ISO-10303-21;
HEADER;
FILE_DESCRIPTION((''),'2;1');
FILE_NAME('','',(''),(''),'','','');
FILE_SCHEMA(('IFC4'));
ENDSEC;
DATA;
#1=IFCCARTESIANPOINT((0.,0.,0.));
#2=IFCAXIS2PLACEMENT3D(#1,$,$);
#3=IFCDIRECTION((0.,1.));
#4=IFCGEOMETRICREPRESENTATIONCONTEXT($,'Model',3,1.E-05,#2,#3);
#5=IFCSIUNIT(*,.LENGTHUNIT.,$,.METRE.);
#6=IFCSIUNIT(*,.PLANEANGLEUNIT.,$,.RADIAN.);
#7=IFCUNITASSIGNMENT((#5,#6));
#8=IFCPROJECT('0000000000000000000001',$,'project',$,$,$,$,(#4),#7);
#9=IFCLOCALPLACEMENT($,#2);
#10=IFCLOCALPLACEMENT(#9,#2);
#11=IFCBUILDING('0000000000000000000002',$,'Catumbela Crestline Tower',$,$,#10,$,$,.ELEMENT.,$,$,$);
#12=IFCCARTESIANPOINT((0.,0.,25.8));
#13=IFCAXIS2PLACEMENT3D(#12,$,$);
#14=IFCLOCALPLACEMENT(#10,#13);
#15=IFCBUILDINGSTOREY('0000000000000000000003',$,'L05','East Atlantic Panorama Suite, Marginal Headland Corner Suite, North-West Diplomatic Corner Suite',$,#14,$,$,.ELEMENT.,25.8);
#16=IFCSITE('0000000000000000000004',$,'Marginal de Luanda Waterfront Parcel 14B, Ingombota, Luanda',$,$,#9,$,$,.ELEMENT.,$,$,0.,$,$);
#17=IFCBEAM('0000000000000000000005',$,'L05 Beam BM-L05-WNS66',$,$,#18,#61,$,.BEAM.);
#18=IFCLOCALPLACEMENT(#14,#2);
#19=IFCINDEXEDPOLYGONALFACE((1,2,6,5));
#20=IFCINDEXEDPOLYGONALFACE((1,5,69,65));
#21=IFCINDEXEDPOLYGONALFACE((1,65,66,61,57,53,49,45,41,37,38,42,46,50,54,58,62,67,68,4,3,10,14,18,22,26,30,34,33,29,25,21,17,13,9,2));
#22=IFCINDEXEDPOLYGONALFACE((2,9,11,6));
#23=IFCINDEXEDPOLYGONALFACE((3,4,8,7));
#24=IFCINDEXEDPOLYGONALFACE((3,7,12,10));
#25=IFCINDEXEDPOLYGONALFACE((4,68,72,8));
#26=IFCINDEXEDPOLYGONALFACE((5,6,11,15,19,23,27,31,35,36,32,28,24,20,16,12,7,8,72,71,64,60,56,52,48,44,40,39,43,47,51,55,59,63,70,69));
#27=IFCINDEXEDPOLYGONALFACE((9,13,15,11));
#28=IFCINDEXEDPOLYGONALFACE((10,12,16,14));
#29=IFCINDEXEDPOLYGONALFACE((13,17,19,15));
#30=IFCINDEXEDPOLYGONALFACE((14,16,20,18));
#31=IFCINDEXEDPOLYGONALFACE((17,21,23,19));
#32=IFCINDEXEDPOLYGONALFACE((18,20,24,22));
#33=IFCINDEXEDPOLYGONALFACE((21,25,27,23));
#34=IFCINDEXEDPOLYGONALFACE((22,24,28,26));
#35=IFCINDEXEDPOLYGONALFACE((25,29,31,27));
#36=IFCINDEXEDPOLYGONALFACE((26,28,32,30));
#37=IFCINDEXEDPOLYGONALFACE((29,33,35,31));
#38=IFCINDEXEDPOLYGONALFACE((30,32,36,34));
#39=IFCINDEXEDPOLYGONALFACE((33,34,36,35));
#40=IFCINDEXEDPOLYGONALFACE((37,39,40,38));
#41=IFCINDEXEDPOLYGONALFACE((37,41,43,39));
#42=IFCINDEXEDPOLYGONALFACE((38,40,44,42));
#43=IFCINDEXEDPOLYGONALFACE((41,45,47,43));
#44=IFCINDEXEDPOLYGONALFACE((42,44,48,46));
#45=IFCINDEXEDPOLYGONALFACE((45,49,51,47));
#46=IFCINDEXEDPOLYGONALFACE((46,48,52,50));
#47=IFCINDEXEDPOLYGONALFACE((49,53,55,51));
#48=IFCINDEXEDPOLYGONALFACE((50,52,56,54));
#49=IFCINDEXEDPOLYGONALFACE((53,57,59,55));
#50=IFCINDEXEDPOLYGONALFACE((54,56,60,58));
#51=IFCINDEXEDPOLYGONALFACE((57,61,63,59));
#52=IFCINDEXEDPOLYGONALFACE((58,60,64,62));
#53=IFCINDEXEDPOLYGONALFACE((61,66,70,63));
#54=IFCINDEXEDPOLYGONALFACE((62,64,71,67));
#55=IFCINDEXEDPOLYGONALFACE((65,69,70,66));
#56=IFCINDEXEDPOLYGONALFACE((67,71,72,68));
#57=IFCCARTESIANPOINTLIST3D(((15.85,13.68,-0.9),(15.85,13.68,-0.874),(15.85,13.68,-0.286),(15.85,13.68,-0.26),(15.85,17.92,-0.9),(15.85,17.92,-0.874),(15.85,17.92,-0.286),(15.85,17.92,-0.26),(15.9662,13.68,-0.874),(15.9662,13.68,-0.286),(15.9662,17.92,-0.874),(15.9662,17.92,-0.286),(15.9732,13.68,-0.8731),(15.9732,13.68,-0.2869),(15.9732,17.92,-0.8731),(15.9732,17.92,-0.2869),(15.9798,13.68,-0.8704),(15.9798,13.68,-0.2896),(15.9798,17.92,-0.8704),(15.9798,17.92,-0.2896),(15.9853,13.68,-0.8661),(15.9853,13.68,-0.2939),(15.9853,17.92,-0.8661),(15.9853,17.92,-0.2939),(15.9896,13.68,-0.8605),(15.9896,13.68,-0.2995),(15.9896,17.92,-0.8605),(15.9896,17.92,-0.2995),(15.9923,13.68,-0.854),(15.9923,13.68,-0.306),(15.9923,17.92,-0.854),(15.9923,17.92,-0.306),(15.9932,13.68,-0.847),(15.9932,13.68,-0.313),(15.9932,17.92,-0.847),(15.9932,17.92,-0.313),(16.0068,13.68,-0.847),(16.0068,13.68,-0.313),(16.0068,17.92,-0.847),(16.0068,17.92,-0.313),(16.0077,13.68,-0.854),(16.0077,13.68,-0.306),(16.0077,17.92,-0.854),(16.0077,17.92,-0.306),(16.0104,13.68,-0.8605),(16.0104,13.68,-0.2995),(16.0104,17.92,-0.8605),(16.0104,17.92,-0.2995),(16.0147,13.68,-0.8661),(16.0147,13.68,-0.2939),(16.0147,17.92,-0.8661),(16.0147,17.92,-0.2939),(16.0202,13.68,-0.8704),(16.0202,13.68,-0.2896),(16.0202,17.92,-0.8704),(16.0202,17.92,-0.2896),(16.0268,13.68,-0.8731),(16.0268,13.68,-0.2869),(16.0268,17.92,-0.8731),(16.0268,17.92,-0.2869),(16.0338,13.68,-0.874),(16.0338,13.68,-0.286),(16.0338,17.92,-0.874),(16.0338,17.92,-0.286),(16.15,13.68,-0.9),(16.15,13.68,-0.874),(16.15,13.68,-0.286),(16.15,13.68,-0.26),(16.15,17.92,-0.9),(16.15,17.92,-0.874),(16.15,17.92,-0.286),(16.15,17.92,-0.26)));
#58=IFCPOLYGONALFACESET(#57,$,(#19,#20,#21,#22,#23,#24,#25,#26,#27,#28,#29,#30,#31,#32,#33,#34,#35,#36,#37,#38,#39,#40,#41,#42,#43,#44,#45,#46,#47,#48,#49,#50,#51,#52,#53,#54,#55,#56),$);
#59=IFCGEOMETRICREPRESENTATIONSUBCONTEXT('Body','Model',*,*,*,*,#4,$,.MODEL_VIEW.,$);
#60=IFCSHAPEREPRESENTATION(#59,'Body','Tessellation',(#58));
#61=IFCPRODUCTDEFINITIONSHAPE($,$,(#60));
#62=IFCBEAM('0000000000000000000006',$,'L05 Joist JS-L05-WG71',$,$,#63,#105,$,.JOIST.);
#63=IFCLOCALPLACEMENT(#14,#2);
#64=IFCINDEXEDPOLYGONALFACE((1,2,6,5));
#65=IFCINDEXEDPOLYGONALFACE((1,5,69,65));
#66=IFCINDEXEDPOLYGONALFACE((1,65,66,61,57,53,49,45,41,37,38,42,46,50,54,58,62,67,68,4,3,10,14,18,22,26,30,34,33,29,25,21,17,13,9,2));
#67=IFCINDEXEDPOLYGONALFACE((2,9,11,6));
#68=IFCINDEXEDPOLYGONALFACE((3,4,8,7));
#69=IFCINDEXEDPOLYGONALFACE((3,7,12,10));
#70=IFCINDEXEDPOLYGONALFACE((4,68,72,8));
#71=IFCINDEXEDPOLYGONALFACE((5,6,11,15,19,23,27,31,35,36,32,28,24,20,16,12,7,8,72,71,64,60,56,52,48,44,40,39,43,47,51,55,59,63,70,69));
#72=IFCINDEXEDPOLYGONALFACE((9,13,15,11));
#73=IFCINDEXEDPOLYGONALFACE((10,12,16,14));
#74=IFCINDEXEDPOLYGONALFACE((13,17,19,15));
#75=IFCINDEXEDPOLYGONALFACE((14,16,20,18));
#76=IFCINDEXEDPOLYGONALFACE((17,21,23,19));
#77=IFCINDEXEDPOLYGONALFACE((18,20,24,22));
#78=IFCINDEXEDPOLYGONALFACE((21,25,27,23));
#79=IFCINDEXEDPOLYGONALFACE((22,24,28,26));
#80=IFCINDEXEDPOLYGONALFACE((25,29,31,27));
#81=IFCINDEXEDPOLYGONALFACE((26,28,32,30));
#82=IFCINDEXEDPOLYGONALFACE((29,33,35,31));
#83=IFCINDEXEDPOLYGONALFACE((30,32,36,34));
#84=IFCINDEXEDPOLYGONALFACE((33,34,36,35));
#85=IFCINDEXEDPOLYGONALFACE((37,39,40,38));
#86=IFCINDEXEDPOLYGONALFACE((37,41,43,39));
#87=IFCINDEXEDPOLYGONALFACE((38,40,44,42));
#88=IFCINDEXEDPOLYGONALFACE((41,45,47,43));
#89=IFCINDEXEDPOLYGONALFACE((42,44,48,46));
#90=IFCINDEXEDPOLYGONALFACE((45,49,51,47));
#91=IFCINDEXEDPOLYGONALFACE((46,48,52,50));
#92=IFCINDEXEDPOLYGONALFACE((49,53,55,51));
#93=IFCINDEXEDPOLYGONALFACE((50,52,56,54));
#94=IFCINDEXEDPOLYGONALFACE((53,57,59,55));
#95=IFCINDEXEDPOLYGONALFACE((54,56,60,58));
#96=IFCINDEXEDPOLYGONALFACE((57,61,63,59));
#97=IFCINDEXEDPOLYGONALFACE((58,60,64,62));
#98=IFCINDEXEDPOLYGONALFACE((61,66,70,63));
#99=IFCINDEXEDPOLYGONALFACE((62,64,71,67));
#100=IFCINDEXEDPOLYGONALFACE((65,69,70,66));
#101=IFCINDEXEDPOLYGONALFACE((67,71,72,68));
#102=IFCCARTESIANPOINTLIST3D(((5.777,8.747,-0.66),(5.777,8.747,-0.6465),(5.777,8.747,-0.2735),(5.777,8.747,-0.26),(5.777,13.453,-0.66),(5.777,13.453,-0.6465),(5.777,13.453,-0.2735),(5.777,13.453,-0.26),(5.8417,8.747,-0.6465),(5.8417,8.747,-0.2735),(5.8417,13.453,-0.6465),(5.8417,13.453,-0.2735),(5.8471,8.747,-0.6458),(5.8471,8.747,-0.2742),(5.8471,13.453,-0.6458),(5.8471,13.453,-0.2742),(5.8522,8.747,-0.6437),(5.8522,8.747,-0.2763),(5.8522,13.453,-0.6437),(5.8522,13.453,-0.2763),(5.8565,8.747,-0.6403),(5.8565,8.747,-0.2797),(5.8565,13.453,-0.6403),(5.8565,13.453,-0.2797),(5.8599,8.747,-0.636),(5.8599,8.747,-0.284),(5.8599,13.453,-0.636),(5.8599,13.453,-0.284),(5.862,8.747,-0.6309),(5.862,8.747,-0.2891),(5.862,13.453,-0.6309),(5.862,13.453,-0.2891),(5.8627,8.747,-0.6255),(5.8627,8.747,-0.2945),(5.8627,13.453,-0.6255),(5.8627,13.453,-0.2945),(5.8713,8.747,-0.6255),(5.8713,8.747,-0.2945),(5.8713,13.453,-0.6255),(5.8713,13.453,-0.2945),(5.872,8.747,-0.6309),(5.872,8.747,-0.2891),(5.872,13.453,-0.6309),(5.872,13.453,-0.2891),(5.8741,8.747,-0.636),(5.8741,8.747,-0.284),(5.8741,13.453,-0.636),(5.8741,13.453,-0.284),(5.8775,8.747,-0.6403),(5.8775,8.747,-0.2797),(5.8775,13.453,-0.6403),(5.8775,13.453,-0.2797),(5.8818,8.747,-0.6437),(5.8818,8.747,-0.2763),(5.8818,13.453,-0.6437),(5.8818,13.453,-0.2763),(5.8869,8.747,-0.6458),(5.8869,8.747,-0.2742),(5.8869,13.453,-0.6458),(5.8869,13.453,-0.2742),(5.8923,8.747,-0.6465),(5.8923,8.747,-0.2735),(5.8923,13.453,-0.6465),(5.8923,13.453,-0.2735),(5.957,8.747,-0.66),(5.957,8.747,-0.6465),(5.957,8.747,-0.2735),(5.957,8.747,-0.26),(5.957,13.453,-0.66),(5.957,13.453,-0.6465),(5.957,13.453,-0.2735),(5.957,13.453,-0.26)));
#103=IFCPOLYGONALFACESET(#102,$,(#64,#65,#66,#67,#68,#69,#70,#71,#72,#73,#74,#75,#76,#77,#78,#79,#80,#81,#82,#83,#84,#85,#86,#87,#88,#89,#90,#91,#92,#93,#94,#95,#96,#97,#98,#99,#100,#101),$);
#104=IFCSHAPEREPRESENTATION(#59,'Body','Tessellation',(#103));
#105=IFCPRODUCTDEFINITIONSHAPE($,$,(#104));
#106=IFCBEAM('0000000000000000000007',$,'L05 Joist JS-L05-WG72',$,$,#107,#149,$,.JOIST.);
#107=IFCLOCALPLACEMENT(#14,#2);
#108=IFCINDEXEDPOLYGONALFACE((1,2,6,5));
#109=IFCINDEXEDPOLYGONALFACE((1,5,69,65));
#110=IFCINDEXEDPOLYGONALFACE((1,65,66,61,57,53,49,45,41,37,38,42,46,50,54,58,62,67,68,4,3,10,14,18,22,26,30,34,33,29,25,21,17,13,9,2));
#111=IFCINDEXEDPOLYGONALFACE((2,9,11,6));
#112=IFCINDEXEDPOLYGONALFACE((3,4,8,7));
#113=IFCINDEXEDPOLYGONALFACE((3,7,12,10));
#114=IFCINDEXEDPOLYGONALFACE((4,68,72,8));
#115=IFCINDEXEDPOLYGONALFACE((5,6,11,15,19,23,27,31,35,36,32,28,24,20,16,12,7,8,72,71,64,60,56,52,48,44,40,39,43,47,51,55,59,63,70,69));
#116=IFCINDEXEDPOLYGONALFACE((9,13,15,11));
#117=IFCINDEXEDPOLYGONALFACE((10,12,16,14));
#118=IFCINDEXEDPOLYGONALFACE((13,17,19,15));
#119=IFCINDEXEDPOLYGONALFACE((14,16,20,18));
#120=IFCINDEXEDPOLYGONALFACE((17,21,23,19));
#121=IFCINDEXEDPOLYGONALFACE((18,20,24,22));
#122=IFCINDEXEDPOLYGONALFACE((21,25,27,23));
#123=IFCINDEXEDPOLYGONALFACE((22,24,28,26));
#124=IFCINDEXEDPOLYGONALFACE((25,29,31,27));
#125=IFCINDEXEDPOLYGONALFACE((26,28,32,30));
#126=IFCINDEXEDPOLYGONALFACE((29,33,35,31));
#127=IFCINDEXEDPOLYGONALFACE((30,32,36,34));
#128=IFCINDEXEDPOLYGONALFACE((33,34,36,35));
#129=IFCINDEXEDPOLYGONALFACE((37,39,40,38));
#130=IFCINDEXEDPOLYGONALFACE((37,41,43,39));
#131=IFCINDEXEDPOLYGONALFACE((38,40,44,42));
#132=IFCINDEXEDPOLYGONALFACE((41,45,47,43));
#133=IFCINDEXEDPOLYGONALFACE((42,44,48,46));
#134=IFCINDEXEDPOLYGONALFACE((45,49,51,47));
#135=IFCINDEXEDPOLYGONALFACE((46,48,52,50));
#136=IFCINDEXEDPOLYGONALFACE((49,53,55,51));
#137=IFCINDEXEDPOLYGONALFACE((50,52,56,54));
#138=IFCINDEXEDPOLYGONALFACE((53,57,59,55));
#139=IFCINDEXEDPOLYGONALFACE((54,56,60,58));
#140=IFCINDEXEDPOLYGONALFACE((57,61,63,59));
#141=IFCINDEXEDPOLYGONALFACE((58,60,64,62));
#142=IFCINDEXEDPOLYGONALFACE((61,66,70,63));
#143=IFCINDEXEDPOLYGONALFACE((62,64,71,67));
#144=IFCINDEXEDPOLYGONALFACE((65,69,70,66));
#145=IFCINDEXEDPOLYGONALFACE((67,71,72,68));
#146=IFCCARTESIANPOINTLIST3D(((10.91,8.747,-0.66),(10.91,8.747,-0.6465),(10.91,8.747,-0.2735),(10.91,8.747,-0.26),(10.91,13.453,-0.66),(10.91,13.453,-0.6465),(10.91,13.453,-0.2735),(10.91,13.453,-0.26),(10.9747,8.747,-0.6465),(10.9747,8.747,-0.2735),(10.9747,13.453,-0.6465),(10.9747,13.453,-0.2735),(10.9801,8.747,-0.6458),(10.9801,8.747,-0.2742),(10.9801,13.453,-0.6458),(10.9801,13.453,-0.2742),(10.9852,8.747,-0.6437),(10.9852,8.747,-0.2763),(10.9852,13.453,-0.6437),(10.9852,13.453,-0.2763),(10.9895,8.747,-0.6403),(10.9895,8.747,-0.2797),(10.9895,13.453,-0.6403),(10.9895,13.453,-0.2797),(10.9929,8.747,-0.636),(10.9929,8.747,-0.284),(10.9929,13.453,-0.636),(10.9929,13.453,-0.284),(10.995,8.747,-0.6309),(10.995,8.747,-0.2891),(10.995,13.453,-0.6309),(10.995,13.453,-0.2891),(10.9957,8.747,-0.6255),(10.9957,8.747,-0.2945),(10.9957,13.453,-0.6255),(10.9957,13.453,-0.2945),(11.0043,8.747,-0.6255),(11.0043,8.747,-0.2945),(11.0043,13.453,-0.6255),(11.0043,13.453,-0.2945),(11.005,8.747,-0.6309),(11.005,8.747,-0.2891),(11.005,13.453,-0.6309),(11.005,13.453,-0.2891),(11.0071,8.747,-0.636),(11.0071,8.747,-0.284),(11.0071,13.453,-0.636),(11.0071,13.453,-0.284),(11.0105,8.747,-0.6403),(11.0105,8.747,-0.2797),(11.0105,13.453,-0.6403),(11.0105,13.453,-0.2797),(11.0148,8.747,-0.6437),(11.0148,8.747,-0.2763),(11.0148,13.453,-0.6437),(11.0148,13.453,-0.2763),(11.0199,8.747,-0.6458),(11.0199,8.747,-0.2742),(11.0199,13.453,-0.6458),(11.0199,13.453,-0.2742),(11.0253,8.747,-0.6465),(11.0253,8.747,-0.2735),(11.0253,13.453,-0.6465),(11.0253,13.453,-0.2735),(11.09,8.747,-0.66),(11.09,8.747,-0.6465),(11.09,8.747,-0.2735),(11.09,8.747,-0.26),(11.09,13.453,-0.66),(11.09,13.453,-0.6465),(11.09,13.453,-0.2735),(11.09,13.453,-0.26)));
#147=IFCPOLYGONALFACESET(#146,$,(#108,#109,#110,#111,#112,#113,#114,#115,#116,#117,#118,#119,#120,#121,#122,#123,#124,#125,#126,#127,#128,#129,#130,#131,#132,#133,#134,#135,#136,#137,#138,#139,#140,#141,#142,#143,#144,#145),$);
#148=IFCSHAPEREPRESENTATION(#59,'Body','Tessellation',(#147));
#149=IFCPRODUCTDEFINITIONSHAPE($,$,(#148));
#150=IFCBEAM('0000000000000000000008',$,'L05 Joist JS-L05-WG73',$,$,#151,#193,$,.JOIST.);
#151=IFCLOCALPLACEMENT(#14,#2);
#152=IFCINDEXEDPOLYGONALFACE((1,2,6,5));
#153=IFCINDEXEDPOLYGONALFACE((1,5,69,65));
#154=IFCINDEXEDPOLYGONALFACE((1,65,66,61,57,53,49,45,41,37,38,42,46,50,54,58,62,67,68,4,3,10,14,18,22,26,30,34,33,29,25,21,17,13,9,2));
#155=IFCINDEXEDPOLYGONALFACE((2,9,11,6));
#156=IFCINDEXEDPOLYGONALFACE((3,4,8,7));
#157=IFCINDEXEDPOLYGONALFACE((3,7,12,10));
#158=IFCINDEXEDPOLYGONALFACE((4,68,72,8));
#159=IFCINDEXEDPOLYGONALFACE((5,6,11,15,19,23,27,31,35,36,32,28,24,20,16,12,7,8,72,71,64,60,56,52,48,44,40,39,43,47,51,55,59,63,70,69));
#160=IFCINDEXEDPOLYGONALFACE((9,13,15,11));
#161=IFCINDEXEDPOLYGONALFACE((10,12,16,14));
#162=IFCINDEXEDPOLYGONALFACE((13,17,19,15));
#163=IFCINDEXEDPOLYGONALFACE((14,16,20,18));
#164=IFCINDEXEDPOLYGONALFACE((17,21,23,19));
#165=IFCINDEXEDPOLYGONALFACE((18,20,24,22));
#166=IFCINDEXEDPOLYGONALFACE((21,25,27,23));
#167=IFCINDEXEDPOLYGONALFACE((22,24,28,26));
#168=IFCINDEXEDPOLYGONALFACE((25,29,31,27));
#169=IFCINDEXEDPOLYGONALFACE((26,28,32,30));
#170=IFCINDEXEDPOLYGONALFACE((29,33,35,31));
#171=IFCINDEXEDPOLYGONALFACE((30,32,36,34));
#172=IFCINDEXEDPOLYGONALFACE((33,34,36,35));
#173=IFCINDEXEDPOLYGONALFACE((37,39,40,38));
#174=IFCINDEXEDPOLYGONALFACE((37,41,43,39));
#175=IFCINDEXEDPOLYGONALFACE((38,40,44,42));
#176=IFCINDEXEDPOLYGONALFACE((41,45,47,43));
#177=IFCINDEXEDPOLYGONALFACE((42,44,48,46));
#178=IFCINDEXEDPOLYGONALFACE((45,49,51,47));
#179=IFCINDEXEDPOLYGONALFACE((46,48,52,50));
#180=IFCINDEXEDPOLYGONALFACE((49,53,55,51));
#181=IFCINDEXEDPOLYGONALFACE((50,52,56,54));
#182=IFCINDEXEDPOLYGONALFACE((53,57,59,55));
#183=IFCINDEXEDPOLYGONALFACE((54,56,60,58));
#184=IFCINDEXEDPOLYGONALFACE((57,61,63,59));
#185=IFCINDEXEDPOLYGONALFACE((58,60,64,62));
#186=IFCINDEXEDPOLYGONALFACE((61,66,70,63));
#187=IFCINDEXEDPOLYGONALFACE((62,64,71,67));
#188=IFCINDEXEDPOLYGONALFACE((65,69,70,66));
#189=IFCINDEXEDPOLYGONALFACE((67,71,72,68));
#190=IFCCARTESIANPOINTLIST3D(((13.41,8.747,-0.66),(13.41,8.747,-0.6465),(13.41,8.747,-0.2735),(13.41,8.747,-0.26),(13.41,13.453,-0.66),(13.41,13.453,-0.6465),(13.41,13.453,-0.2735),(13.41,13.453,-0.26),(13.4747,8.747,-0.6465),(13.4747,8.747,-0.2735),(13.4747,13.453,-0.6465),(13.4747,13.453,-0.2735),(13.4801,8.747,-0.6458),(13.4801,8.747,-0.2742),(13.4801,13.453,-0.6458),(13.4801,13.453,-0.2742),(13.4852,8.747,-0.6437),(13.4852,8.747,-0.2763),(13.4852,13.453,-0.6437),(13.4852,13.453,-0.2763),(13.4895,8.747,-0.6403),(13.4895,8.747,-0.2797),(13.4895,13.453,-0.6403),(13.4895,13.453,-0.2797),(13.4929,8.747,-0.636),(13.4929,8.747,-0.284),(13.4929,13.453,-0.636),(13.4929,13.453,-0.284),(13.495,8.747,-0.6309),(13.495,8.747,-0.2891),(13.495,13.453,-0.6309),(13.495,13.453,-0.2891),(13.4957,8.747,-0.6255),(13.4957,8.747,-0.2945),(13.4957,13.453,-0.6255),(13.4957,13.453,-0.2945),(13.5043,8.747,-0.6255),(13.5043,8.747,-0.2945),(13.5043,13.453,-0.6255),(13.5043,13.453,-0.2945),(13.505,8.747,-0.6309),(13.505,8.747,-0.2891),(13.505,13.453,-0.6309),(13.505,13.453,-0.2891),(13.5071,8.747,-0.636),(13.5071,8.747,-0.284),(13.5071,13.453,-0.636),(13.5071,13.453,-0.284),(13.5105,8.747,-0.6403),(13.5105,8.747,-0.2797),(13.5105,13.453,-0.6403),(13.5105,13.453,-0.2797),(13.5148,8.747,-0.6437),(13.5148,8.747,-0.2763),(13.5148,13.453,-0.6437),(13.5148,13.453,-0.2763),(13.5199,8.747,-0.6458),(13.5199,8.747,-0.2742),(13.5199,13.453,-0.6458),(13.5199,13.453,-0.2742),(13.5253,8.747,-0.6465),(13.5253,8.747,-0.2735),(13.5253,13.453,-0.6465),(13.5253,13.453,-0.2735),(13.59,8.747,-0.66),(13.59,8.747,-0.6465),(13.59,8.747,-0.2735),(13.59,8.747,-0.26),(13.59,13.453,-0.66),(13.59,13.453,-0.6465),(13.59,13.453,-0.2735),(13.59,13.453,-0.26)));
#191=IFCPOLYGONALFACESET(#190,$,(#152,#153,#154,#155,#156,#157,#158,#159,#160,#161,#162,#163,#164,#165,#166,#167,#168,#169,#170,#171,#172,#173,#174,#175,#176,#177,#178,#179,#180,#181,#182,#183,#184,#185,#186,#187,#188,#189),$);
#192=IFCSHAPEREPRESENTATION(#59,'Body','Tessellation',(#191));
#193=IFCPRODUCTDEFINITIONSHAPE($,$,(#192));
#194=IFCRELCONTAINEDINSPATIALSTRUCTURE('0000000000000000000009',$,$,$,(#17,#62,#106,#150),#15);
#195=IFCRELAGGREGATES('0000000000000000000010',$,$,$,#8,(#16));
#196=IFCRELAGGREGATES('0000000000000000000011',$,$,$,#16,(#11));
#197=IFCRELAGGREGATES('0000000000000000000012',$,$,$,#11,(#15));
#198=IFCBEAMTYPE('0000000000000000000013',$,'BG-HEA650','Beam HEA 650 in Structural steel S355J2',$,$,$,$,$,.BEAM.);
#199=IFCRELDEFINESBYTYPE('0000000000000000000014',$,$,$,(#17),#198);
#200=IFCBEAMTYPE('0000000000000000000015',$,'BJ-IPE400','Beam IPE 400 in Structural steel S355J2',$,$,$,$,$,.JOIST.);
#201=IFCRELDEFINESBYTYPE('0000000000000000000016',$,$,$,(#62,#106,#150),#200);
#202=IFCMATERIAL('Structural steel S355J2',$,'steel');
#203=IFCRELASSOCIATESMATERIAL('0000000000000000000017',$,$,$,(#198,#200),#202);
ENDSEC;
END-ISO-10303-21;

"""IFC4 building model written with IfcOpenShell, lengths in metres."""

from ifc_helpers import new_model, si_unit, direction, frame, origin, origin_2d, place, context, subcontext, project, spatial, i_section, extrude, material, material_profile, profile_set, type_object, element, save


model = new_model("IFC4")

# Units and contexts
model_context = context("Model", 3, precision=1e-05, world=origin(), true_north=direction((0.0, 1.0)))
body_context = subcontext(model_context, "Body", "Model", "MODEL_VIEW")
ifc_project = project(units=[si_unit("LENGTHUNIT", "METRE"), si_unit("PLANEANGLEUNIT", "RADIAN")], contexts=[model_context])

# Site, building, storey
site_placement = place(None, origin())
site = spatial("IfcSite", under=ifc_project, at=site_placement, Name="Marginal de Luanda Waterfront Parcel 14B, Ingombota, Luanda", CompositionType="ELEMENT", RefElevation=0.0)
building_placement = place(site_placement, origin())
building = spatial("IfcBuilding", under=site, at=building_placement, Name="Catumbela Crestline Tower", CompositionType="ELEMENT")
storey_placement = place(building_placement, frame((0.0, 0.0, 25.8)))
storey = spatial("IfcBuildingStorey", under=building, at=storey_placement, Name="L05", Description="East Atlantic Panorama Suite, Marginal Headland Corner Suite, North-West Diplomatic Corner Suite", CompositionType="ELEMENT", Elevation=25.8)

# Beams
ifc_material_1 = material(Name="Structural steel S355J2", Category="steel")
ifc_material_profile_1 = material_profile(ifc_material_1, i_section(OverallWidth=0.3, OverallDepth=0.64, WebThickness=0.0135, FlangeThickness=0.026, FilletRadius=0.027, at=origin_2d()), Name="HEA 650")
ifc_profile_set_1 = profile_set([ifc_material_profile_1], Name="Structural steel S355J2")
beam_type_1 = type_object("IfcBeamType", Name="BG-HEA650", Description="Beam HEA 650 in Structural steel S355J2", PredefinedType="BEAM", material=ifc_profile_set_1)
beam_1_placement = place(storey_placement, frame((16.0, 13.68, -0.58), z_axis=(0.0, 1.0, 0.0), x_axis=(-1.0, 0.0, 0.0)))
element("IfcBeam", 1, at=beam_1_placement, inside=storey, type_object=beam_type_1, Name="L05 Beam BM-L05-WNS66", PredefinedType="BEAM", context=body_context, shape_type="SweptSolid", body=[
    extrude(i_section(OverallWidth=0.3, OverallDepth=0.64, WebThickness=0.0135, FlangeThickness=0.026, FilletRadius=0.027, at=origin_2d()), origin(), (0.0, 0.0, 1.0), 4.24),
])
ifc_material_profile_2 = material_profile(ifc_material_1, i_section(OverallWidth=0.18, OverallDepth=0.4, WebThickness=0.0086, FlangeThickness=0.0135, FilletRadius=0.021, at=origin_2d()), Name="IPE 400")
ifc_profile_set_2 = profile_set([ifc_material_profile_2], Name="Structural steel S355J2")
beam_type_2 = type_object("IfcBeamType", Name="BJ-IPE400", Description="Beam IPE 400 in Structural steel S355J2", PredefinedType="JOIST", material=ifc_profile_set_2)
for number, where, z_axis, x_axis, name in (
    (2, (5.867, 8.747, -0.46), (0.0, 1.0, 0.0), (-1.0, 0.0, 0.0), "L05 Joist JS-L05-WG71"),
    (3, (11.0, 8.747, -0.46), (0.0, 1.0, 0.0), (-1.0, 0.0, 0.0), "L05 Joist JS-L05-WG72"),
    (4, (13.5, 8.747, -0.46), (0.0, 1.0, 0.0), (-1.0, 0.0, 0.0), "L05 Joist JS-L05-WG73"),
):
    element("IfcBeam", number, at=place(storey_placement, frame(where, z_axis=z_axis, x_axis=x_axis)), inside=storey, type_object=beam_type_2, Name=name, PredefinedType="JOIST", context=body_context, shape_type="SweptSolid", body=[
        extrude(i_section(OverallWidth=0.18, OverallDepth=0.4, WebThickness=0.0086, FlangeThickness=0.0135, FilletRadius=0.021, at=origin_2d()), origin(), (0.0, 0.0, 1.0), 4.706),
    ])

save(model, "model.ifc")
